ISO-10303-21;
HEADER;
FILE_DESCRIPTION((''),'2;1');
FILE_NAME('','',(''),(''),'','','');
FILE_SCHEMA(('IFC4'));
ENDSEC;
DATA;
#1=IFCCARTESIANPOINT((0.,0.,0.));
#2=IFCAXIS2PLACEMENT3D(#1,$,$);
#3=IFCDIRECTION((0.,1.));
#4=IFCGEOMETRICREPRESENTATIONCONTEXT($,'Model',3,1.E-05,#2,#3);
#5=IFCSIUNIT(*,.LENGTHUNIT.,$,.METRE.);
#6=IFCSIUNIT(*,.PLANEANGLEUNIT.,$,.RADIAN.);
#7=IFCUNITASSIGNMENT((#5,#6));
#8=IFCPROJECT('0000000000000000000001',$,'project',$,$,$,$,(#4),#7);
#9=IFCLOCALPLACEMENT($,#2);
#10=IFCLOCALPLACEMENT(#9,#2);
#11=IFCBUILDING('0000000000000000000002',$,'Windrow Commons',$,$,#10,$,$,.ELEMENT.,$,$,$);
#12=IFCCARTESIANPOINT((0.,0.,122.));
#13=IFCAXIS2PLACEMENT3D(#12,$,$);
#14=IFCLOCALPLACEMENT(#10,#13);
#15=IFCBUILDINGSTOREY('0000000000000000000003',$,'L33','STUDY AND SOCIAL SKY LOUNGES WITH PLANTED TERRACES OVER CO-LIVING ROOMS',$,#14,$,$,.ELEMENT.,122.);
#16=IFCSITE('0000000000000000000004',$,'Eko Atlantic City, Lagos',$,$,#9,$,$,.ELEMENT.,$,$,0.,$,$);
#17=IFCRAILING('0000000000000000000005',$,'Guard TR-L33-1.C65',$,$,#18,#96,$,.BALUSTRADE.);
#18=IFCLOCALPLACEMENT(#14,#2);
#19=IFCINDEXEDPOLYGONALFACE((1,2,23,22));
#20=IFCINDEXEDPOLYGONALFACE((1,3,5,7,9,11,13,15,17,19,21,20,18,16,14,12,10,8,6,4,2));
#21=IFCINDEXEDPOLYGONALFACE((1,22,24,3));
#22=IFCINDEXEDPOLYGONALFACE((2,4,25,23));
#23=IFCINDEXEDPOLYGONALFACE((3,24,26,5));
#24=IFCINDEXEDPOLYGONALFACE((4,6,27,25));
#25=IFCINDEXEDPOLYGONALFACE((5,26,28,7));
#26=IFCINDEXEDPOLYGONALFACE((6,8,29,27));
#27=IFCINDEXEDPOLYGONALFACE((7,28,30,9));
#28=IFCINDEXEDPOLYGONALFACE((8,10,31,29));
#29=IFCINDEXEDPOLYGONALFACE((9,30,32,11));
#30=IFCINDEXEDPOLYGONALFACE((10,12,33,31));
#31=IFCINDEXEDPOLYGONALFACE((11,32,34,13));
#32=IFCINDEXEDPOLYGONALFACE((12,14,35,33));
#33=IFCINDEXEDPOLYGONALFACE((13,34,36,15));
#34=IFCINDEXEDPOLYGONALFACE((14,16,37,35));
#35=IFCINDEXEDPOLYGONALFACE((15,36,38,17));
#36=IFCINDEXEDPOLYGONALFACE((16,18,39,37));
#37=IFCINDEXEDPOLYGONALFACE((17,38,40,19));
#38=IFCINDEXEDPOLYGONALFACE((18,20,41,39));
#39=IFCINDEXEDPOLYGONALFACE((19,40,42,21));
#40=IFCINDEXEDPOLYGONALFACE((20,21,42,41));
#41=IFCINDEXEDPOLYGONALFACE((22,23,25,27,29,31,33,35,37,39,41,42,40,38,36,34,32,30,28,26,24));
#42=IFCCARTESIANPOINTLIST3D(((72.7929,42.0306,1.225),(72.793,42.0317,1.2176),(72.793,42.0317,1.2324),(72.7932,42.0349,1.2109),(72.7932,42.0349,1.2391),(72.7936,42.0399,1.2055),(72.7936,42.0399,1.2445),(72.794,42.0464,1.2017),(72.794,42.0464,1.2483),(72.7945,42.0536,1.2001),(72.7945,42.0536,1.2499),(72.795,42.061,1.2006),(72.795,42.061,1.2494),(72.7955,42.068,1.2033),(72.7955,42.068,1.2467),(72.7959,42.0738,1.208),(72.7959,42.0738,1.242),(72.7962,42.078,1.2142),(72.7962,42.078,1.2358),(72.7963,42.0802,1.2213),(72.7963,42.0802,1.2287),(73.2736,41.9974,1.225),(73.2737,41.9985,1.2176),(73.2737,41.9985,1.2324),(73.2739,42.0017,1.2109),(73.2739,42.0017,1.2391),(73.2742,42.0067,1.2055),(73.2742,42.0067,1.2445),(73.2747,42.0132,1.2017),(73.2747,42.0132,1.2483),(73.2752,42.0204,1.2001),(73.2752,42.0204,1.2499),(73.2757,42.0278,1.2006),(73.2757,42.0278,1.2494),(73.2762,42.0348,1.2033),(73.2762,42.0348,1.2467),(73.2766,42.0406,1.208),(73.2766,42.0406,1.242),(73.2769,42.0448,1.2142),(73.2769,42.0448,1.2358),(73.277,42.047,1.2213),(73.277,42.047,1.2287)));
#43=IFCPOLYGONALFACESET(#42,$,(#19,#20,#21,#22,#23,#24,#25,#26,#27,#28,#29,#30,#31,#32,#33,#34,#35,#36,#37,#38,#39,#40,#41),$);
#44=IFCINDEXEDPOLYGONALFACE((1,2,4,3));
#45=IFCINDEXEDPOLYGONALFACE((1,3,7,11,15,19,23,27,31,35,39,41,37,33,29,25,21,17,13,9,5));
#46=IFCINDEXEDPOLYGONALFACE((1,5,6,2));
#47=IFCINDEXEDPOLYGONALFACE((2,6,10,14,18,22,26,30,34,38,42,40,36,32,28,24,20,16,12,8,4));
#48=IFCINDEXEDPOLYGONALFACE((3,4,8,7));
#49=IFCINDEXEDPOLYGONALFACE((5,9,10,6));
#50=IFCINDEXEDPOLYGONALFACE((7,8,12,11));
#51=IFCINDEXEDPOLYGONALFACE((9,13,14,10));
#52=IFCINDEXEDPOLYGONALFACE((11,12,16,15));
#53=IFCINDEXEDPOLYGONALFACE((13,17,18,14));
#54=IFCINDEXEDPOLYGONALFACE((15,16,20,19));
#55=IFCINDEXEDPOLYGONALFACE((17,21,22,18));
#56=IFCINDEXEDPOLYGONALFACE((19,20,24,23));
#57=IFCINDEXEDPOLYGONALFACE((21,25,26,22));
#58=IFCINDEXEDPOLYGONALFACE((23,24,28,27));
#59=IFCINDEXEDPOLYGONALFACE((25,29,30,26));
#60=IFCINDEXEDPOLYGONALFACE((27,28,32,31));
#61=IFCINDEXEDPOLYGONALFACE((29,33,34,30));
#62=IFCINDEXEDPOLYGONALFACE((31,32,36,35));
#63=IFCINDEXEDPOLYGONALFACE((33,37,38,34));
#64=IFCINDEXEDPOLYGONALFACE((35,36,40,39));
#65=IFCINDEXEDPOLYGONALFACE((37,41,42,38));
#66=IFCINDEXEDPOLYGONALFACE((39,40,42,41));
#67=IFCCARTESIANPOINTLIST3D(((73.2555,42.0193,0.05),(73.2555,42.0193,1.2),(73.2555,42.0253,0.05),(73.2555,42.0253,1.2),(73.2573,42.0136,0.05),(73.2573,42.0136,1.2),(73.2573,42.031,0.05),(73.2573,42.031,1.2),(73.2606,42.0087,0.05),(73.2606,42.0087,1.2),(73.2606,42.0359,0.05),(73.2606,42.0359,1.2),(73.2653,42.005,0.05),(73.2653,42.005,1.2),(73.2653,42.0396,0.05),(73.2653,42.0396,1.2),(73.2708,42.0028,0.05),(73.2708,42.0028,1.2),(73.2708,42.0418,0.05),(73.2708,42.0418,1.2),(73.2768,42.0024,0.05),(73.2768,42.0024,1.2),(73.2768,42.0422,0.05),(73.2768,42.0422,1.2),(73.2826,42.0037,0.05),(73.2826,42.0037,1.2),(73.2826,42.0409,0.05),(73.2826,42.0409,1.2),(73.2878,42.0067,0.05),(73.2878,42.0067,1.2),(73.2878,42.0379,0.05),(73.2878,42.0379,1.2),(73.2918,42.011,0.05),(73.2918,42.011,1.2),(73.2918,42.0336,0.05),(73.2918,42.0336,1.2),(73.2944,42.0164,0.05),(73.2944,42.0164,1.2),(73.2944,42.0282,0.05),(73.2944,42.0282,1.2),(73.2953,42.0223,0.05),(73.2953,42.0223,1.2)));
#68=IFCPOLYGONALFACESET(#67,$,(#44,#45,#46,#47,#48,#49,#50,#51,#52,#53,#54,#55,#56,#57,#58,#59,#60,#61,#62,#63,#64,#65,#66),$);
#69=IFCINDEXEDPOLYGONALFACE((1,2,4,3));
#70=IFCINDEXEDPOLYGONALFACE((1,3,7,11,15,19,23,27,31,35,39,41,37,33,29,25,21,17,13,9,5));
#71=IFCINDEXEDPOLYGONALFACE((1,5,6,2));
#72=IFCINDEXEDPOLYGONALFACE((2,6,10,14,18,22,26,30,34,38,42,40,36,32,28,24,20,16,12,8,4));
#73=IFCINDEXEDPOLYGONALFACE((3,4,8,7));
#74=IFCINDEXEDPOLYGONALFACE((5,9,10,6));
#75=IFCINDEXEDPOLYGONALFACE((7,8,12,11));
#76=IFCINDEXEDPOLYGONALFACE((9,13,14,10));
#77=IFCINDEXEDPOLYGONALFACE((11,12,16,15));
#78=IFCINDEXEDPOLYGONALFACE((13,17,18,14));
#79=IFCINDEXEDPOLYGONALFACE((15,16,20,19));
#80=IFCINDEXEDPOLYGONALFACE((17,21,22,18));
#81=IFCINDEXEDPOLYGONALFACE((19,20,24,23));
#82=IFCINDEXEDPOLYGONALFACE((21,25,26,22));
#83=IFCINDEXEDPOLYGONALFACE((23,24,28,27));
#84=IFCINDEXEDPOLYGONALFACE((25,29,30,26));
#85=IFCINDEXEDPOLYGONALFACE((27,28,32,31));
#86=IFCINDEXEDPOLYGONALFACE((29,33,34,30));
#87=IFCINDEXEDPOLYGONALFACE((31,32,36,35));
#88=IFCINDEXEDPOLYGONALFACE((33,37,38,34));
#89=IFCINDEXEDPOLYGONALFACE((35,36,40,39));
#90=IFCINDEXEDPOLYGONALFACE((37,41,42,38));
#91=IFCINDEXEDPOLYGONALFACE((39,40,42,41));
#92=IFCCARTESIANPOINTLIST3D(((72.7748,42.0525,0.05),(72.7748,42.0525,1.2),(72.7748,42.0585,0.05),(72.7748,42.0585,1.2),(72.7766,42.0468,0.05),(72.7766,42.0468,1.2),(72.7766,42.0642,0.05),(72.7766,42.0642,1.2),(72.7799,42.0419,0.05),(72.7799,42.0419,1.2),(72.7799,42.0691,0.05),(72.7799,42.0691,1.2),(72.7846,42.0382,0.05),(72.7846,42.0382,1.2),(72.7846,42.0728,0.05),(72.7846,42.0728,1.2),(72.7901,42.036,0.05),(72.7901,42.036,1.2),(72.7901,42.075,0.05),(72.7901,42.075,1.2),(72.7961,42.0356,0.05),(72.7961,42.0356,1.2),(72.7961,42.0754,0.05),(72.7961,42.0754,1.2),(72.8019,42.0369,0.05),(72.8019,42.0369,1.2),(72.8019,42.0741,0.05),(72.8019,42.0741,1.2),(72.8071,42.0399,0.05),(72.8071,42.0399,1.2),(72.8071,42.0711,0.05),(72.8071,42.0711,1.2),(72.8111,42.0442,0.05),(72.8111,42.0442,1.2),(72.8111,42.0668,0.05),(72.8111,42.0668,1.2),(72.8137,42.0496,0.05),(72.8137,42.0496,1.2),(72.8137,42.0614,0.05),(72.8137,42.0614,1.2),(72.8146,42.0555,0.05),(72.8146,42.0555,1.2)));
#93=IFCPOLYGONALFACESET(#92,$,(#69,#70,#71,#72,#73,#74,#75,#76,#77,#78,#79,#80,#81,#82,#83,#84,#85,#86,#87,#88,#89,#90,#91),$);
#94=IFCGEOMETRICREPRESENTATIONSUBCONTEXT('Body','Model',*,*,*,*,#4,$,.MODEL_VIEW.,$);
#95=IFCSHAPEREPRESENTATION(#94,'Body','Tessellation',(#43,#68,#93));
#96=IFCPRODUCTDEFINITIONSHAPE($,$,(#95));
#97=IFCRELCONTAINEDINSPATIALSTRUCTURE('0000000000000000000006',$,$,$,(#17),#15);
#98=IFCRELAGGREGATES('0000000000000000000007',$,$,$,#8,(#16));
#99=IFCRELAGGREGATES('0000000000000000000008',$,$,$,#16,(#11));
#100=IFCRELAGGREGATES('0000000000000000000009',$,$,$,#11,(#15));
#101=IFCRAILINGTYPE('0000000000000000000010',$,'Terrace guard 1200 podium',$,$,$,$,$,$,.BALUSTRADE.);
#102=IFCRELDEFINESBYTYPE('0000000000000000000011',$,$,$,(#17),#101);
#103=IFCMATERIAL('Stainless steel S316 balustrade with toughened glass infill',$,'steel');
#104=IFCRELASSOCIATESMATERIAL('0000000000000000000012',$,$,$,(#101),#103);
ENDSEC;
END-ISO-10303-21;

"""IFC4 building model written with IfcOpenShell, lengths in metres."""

from ifc_helpers import new_model, si_unit, direction, frame, origin, origin_2d, place, context, subcontext, project, spatial, circle, extrude, material, type_object, element, save


model = new_model("IFC4")

# Units and contexts
model_context = context("Model", 3, precision=1e-05, world=origin(), true_north=direction((0.0, 1.0)))
body_context = subcontext(model_context, "Body", "Model", "MODEL_VIEW")
ifc_project = project(units=[si_unit("LENGTHUNIT", "METRE"), si_unit("PLANEANGLEUNIT", "RADIAN")], contexts=[model_context])

# Site, building, storey
site_placement = place(None, origin())
site = spatial("IfcSite", under=ifc_project, at=site_placement, Name="Eko Atlantic City, Lagos", CompositionType="ELEMENT", RefElevation=0.0)
building_placement = place(site_placement, origin())
building = spatial("IfcBuilding", under=site, at=building_placement, Name="Windrow Commons", CompositionType="ELEMENT")
storey_placement = place(building_placement, frame((0.0, 0.0, 122.0)))
storey = spatial("IfcBuildingStorey", under=building, at=storey_placement, Name="L33", Description="STUDY AND SOCIAL SKY LOUNGES WITH PLANTED TERRACES OVER CO-LIVING ROOMS", CompositionType="ELEMENT", Elevation=122.0)

# Railing
ifc_material_1 = material(Name="Stainless steel S316 balustrade with toughened glass infill", Category="steel")
railing_type_1 = type_object("IfcRailingType", Name="Terrace guard 1200 podium", PredefinedType="BALUSTRADE", material=ifc_material_1)
railing_1_placement = place(storey_placement, frame((73.2753, 42.0223, 0.05)))
element("IfcRailing", 1, at=railing_1_placement, inside=storey, type_object=railing_type_1, Name="Guard TR-L33-1.C65", PredefinedType="BALUSTRADE", context=body_context, shape_type="SweptSolid", body=[
    extrude(circle(Radius=0.025, at=origin_2d()), frame((0.0, 0.0, 1.175), z_axis=(-0.997623, 0.068902, 0.0), x_axis=(-0.068902, -0.997623, 0.0)), (0.0, 0.0, 1.0), 0.4818),
    extrude(circle(Radius=0.02, at=origin_2d()), origin(), (0.0, 0.0, 1.0), 1.15),
    extrude(circle(Radius=0.02, at=origin_2d()), frame((-0.4807, 0.0332, 0.0)), (0.0, 0.0, 1.0), 1.15),
])

save(model, "model.ifc")
